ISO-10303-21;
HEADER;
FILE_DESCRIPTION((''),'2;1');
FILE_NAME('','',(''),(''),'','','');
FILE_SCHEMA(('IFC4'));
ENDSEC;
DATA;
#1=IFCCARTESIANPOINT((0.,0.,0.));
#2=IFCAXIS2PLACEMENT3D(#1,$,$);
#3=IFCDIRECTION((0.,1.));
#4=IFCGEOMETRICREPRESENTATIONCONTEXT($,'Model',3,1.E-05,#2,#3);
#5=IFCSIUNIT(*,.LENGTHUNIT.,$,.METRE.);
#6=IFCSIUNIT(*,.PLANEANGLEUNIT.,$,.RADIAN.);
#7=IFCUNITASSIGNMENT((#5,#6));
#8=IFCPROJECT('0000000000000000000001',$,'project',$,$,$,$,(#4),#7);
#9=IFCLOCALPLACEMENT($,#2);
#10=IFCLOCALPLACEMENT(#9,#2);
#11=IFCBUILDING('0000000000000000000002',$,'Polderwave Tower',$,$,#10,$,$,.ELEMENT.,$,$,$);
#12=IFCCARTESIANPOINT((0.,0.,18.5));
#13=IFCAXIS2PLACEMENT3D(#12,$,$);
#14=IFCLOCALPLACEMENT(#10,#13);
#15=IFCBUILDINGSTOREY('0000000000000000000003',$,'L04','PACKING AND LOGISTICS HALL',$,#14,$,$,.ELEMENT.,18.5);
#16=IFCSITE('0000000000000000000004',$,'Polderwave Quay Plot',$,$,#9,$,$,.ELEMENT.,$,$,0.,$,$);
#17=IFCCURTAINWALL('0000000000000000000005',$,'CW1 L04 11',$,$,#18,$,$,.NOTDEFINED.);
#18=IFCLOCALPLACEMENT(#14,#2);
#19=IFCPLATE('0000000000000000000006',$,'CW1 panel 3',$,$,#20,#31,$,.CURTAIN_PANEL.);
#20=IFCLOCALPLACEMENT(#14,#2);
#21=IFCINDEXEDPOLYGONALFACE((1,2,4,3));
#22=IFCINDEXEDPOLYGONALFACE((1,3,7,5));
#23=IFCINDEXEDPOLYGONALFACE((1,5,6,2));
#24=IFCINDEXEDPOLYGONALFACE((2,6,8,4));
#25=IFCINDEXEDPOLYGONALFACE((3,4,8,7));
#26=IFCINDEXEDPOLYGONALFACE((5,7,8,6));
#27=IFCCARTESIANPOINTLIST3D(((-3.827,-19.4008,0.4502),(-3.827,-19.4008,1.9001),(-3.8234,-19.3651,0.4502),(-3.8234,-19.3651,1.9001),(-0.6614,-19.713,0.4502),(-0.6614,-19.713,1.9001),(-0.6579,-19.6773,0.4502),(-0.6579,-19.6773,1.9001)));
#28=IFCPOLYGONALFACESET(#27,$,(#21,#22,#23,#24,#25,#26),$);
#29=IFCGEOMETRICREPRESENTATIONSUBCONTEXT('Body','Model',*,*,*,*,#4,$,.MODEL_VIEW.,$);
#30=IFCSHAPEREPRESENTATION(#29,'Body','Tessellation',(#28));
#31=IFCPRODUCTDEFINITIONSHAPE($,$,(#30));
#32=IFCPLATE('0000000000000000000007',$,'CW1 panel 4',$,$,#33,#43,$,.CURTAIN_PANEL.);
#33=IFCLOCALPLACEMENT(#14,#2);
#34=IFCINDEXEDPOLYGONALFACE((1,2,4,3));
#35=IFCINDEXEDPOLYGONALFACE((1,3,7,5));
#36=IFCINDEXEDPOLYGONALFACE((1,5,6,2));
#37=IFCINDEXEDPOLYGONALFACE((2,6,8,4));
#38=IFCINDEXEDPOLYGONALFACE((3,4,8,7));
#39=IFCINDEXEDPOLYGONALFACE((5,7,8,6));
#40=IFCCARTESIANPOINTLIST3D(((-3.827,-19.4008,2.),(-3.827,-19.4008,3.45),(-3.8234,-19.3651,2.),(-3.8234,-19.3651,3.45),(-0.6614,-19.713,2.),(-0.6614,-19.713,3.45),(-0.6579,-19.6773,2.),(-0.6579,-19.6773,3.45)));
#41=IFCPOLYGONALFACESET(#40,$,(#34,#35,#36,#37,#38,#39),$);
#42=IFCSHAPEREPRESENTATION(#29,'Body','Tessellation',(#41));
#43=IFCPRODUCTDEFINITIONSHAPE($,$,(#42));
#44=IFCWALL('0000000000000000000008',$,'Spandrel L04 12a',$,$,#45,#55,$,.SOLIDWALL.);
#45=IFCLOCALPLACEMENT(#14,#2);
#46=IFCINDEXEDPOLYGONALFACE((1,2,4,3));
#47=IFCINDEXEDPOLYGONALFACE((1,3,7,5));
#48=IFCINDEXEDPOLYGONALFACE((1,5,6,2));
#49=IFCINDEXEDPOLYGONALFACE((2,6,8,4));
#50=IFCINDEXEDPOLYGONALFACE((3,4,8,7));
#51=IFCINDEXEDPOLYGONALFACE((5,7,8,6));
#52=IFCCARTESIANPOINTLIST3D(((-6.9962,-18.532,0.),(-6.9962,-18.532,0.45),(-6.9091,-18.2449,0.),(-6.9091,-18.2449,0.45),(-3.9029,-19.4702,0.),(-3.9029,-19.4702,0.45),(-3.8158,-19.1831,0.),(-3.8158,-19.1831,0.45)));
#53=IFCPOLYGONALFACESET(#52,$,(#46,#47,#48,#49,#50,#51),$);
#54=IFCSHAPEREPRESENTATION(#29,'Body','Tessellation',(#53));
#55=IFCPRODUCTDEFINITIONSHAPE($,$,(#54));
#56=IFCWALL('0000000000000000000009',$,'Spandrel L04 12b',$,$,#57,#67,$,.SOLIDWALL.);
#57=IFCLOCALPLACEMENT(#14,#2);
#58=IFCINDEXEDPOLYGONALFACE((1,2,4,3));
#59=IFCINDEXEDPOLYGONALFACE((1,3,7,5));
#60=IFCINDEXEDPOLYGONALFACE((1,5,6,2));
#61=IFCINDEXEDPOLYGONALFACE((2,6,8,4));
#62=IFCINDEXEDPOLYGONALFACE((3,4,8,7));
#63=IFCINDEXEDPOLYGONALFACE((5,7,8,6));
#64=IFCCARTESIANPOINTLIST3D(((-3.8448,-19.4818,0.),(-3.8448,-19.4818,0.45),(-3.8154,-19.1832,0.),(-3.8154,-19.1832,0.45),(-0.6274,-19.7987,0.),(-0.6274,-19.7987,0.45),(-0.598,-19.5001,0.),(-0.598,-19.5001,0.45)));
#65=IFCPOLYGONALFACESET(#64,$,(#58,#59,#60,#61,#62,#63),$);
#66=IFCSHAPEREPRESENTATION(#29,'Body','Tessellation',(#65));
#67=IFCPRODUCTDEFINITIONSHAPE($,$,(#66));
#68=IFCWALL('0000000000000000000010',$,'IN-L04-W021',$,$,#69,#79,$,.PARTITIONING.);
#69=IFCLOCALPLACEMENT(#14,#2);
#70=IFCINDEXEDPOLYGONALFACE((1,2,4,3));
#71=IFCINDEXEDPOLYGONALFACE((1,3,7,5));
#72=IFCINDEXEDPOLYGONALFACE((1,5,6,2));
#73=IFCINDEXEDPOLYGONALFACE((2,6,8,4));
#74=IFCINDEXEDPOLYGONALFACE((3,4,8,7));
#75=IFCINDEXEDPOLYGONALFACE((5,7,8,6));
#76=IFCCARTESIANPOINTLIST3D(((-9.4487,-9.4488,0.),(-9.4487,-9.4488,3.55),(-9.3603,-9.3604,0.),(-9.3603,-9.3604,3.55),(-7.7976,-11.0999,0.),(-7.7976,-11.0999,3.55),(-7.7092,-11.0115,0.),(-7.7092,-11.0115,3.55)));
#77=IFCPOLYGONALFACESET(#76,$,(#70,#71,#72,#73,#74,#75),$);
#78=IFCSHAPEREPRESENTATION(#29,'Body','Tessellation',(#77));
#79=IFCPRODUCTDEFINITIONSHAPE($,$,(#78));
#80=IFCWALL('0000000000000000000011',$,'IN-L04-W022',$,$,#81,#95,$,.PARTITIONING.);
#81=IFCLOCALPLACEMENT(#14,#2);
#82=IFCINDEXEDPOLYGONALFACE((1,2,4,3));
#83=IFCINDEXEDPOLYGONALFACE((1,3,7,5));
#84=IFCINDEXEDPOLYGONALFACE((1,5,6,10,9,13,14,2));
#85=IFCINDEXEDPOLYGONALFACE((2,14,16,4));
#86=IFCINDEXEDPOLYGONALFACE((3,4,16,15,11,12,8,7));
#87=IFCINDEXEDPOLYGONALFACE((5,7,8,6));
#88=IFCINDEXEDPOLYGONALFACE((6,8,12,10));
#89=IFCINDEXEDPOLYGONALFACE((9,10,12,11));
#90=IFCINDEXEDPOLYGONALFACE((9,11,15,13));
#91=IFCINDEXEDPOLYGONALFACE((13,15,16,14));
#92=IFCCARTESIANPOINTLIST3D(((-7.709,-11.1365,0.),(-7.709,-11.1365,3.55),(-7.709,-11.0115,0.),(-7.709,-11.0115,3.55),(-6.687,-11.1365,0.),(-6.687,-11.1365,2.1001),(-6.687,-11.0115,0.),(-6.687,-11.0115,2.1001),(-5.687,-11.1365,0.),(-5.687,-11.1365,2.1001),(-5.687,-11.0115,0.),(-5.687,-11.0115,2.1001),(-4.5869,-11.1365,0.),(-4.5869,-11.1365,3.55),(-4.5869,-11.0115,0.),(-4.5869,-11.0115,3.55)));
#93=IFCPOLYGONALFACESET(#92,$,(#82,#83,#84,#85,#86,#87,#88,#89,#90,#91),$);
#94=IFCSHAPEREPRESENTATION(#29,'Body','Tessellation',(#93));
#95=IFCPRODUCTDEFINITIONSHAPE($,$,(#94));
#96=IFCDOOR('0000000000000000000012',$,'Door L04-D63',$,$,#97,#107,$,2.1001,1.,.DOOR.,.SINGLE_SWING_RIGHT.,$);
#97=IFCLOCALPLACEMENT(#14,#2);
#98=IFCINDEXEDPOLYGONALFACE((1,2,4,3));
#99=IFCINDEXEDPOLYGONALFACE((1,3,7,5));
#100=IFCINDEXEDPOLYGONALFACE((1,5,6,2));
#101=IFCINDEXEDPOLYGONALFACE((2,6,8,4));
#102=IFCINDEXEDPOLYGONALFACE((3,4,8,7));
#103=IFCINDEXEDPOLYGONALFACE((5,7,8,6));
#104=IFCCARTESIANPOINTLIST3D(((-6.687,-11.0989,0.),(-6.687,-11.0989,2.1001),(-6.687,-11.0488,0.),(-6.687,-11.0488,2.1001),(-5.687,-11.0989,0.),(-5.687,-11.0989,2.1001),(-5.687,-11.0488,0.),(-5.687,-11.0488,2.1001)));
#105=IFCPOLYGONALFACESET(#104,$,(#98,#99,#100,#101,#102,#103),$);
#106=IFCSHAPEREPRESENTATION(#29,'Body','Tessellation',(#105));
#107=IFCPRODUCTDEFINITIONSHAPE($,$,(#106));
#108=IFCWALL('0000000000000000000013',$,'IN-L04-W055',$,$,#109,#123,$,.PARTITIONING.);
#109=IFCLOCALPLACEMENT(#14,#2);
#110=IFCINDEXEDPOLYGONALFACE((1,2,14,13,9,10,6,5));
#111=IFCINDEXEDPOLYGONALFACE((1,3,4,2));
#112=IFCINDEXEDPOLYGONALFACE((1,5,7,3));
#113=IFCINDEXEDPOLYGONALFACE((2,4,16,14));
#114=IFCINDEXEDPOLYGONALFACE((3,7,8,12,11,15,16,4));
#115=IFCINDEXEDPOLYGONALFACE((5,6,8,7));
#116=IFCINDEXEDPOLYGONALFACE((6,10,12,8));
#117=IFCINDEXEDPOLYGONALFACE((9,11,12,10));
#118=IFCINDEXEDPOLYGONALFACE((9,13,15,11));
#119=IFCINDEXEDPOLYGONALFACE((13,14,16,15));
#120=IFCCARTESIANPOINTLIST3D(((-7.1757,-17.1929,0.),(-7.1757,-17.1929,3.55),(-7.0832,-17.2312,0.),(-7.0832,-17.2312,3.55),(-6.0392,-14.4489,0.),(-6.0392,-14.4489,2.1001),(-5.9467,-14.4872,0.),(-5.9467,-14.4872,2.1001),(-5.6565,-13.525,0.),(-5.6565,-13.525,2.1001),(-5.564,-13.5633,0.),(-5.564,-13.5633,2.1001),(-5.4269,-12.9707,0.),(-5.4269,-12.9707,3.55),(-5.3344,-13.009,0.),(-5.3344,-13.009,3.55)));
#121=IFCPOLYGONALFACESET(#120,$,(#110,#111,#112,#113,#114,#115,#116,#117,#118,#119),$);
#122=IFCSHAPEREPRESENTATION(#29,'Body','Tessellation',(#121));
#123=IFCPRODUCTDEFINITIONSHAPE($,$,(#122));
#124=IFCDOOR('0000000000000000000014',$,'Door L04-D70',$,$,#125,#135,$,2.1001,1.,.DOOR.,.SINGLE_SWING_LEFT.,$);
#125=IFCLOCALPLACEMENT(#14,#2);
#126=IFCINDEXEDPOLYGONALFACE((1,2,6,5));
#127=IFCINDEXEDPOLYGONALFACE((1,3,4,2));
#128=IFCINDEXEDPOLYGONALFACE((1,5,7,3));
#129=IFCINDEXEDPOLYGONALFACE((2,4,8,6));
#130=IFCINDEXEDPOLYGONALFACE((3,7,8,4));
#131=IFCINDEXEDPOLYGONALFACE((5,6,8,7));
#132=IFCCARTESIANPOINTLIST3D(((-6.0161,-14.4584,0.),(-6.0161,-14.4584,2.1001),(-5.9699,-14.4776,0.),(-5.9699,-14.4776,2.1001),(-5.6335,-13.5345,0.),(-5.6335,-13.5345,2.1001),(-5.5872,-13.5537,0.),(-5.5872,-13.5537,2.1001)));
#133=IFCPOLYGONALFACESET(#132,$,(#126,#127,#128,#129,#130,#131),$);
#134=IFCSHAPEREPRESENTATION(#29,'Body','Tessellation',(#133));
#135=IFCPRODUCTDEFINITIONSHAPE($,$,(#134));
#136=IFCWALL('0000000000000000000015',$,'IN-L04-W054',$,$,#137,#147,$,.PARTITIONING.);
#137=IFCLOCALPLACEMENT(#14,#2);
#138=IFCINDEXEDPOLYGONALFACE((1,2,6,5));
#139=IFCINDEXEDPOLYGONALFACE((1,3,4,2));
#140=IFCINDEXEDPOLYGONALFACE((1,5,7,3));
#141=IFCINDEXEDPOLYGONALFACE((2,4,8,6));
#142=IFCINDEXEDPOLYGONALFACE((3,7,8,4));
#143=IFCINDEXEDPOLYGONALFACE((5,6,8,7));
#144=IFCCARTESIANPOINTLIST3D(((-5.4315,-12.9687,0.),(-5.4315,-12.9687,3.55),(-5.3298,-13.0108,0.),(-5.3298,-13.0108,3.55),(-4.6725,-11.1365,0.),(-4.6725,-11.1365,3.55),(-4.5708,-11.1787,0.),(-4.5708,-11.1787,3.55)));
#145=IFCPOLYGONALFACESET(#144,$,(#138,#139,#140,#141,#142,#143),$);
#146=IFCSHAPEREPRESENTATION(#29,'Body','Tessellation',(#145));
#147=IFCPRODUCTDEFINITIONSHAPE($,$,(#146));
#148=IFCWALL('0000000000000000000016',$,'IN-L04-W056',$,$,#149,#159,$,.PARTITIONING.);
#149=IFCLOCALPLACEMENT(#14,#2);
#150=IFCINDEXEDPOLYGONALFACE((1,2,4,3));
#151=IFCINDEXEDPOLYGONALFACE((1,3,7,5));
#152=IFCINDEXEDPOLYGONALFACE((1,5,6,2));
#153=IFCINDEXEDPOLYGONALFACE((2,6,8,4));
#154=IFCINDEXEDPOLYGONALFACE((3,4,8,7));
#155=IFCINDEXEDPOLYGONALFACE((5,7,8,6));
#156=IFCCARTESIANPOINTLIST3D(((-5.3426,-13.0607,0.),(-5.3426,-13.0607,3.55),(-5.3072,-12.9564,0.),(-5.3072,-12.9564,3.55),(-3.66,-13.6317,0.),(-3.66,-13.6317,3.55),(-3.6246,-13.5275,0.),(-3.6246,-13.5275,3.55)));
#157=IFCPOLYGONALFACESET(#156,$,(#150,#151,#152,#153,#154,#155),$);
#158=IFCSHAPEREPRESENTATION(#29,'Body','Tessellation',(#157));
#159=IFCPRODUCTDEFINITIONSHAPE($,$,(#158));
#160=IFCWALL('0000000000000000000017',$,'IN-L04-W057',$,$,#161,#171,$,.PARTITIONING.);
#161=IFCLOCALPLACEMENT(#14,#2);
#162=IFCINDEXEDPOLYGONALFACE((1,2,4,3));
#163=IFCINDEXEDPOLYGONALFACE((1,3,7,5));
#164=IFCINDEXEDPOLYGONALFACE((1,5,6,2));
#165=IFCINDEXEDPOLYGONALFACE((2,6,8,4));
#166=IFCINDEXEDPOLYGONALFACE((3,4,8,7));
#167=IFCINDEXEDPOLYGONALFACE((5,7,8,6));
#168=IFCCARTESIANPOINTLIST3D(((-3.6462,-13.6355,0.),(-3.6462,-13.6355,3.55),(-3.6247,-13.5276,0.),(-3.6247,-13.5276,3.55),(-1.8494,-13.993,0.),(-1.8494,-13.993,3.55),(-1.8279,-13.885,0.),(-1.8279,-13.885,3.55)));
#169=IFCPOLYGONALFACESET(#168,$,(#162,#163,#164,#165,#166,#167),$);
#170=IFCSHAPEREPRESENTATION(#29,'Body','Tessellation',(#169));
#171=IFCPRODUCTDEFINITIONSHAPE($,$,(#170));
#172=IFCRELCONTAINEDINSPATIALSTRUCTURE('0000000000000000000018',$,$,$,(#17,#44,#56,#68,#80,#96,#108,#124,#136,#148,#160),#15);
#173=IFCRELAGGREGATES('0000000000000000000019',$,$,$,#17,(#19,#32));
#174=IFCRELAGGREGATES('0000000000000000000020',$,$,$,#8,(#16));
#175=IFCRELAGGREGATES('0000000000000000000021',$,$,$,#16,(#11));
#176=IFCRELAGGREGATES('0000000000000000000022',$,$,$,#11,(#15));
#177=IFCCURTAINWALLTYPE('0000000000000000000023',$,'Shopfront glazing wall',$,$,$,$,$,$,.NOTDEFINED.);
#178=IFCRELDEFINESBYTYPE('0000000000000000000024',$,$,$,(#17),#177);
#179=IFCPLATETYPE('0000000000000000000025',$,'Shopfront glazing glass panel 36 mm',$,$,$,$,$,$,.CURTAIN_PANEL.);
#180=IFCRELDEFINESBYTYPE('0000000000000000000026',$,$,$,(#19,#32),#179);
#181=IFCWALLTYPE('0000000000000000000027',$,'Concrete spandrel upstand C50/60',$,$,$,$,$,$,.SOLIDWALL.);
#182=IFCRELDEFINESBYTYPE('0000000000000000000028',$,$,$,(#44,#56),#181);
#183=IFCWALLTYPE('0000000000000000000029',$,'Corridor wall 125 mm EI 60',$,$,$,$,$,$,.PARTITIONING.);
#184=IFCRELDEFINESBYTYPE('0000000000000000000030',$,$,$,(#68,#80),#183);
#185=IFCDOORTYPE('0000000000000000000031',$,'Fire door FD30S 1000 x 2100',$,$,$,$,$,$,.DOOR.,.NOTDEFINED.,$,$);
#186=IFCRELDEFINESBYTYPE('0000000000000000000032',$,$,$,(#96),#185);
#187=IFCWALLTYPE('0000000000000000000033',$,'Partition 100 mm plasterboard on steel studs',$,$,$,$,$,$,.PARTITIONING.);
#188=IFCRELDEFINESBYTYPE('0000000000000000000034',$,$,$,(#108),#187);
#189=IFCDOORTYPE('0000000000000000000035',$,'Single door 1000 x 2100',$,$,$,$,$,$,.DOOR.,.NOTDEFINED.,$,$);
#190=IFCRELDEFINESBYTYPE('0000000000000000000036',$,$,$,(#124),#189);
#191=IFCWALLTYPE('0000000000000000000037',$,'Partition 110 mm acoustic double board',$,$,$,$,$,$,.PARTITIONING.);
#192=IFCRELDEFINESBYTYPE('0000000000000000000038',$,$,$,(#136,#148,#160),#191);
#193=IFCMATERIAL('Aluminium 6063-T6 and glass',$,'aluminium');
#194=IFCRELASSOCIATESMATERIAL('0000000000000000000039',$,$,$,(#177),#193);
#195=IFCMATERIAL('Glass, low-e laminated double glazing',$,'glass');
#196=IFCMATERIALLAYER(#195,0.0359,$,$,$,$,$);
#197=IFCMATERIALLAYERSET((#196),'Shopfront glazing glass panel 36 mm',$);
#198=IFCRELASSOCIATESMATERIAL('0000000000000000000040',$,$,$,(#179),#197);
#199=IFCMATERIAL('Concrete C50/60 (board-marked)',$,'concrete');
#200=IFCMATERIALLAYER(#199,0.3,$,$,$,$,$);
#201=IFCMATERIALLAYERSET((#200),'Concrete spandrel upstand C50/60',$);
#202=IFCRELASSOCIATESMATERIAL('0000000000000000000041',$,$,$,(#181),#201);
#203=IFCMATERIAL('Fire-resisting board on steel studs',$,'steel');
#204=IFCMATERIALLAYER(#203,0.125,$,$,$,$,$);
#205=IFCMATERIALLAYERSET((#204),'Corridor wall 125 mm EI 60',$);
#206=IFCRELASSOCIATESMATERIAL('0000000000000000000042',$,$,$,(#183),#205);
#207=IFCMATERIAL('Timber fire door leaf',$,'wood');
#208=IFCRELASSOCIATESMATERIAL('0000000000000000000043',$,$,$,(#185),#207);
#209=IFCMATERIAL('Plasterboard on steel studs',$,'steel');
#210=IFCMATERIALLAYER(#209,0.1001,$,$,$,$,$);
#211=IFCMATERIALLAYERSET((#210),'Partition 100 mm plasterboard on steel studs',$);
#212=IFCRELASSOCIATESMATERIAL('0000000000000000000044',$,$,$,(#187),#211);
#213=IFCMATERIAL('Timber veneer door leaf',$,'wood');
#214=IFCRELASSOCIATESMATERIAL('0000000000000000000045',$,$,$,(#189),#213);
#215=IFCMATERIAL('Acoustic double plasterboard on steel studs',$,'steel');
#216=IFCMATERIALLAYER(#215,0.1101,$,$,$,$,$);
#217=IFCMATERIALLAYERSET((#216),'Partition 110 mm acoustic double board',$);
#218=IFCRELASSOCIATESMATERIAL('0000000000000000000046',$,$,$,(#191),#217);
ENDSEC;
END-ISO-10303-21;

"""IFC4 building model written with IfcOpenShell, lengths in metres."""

from ifc_helpers import new_model, si_unit, direction, frame, frame_2d, origin, origin_2d, place, context, subcontext, project, spatial, rectangle, extrude, material, layer, layer_set, type_object, element, fill, aggregate, save


model = new_model("IFC4")

# Units and contexts
model_context = context("Model", 3, precision=1e-05, world=origin(), true_north=direction((0.0, 1.0)))
body_context = subcontext(model_context, "Body", "Model", "MODEL_VIEW")
ifc_project = project(units=[si_unit("LENGTHUNIT", "METRE"), si_unit("PLANEANGLEUNIT", "RADIAN")], contexts=[model_context])

# Site, building, storey
site_placement = place(None, origin())
site = spatial("IfcSite", under=ifc_project, at=site_placement, Name="Polderwave Quay Plot", CompositionType="ELEMENT", RefElevation=0.0)
building_placement = place(site_placement, origin())
building = spatial("IfcBuilding", under=site, at=building_placement, Name="Polderwave Tower", CompositionType="ELEMENT")
storey_placement = place(building_placement, frame((0.0, 0.0, 18.5)))
storey = spatial("IfcBuildingStorey", under=building, at=storey_placement, Name="L04", Description="PACKING AND LOGISTICS HALL", CompositionType="ELEMENT", Elevation=18.5)

# Shared definitions
ifc_material_1 = material(Name="Aluminium 6063-T6 and glass", Category="aluminium")
curtain_wall_type = type_object("IfcCurtainWallType", Name="Shopfront glazing wall", PredefinedType="NOTDEFINED", material=ifc_material_1)

# Curtain wall, plates
curtain_wall_1_placement = place(storey_placement, origin())
curtain_wall_1 = element("IfcCurtainWall", 1, at=curtain_wall_1_placement, inside=storey, type_object=curtain_wall_type, Name="CW1 L04 11", PredefinedType="NOTDEFINED")
ifc_material_2 = material(Name="Glass, low-e laminated double glazing", Category="glass")
ifc_layer_1 = layer(ifc_material_2, 0.0359)
ifc_layer_set_1 = layer_set([ifc_layer_1], Name="Shopfront glazing glass panel 36 mm")
plate_type = type_object("IfcPlateType", Name="Shopfront glazing glass panel 36 mm", PredefinedType="CURTAIN_PANEL", material=ifc_layer_set_1)
plate_1_placement = place(storey_placement, frame((-2.2424, -19.5391, 0.4502), z_axis=(0.0, 0.0, 1.0), x_axis=(0.995172, -0.098142, 0.0)))
plate_1 = element("IfcPlate", 2, at=plate_1_placement, type_object=plate_type, Name="CW1 panel 3", PredefinedType="CURTAIN_PANEL", context=body_context, shape_type="SweptSolid", body=[
    extrude(rectangle(XDim=3.1809, YDim=0.0359, at=origin_2d()), origin(), (0.0, 0.0, 1.0), 1.45),
])
plate_2_placement = place(storey_placement, frame((-2.2424, -19.5391, 2.0), z_axis=(0.0, 0.0, 1.0), x_axis=(0.995172, -0.098142, 0.0)))
plate_2 = element("IfcPlate", 3, at=plate_2_placement, type_object=plate_type, Name="CW1 panel 4", PredefinedType="CURTAIN_PANEL", context=body_context, shape_type="SweptSolid", body=[
    extrude(rectangle(XDim=3.1809, YDim=0.0359, at=origin_2d()), origin(), (0.0, 0.0, 1.0), 1.45),
])
aggregate(curtain_wall_1, [plate_1, plate_2])

# Walls
ifc_material_3 = material(Name="Concrete C50/60 (board-marked)", Category="concrete")
ifc_layer_2 = layer(ifc_material_3, 0.3)
ifc_layer_set_2 = layer_set([ifc_layer_2], Name="Concrete spandrel upstand C50/60")
wall_type_1 = type_object("IfcWallType", Name="Concrete spandrel upstand C50/60", PredefinedType="SOLIDWALL", material=ifc_layer_set_2)
wall_1_placement = place(storey_placement, frame((-6.9526, -18.3884, 0.0), z_axis=(0.0, 0.0, 1.0), x_axis=(0.956949, -0.290257, 0.0)))
element("IfcWall", 4, at=wall_1_placement, inside=storey, type_object=wall_type_1, Name="Spandrel L04 12a", PredefinedType="SOLIDWALL", context=body_context, shape_type="SweptSolid", body=[
    extrude(rectangle(XDim=3.2324, YDim=0.3, at=frame_2d((1.6162, 0.0))), origin(), (0.0, 0.0, 1.0), 0.45),
])
wall_2_placement = place(storey_placement, frame((-3.8301, -19.3325, 0.0), z_axis=(0.0, 0.0, 1.0), x_axis=(0.995184, -0.098023, 0.0)))
element("IfcWall", 5, at=wall_2_placement, inside=storey, type_object=wall_type_1, Name="Spandrel L04 12b", PredefinedType="SOLIDWALL", context=body_context, shape_type="SweptSolid", body=[
    extrude(rectangle(XDim=3.2329, YDim=0.3, at=frame_2d((1.6165, 0.0))), origin(), (0.0, 0.0, 1.0), 0.45),
])
ifc_material_4 = material(Name="Fire-resisting board on steel studs", Category="steel")
ifc_layer_3 = layer(ifc_material_4, 0.125)
ifc_layer_set_3 = layer_set([ifc_layer_3], Name="Corridor wall 125 mm EI 60")
wall_type_2 = type_object("IfcWallType", Name="Corridor wall 125 mm EI 60", PredefinedType="PARTITIONING", material=ifc_layer_set_3)
wall_3_placement = place(storey_placement, frame((-7.7534, -11.0557, 0.0), z_axis=(0.0, 0.0, 1.0), x_axis=(-0.707107, 0.707107, 0.0)))
element("IfcWall", 6, at=wall_3_placement, inside=storey, type_object=wall_type_2, Name="IN-L04-W021", PredefinedType="PARTITIONING", context=body_context, shape_type="SweptSolid", body=[
    extrude(rectangle(XDim=2.335, YDim=0.125, at=frame_2d((1.1675, 0.0))), origin(), (0.0, 0.0, 1.0), 3.55),
])

# Walls, openings, doors
wall_4_placement = place(storey_placement, frame((-4.5869, -11.074, 0.0), z_axis=(0.0, 0.0, 1.0), x_axis=(-1.0, 0.0, 0.0)))
wall_4 = element("IfcWall", 7, at=wall_4_placement, inside=storey, type_object=wall_type_2, Name="IN-L04-W022", PredefinedType="PARTITIONING", context=body_context, shape_type="SweptSolid", body=[
    extrude(rectangle(XDim=3.1221, YDim=0.125, at=frame_2d((1.561, 0.0))), origin(), (0.0, 0.0, 1.0), 3.55),
])
opening_1_placement = place(wall_4_placement, frame((1.1001, 0.0, 0.0)))
opening_1 = element("IfcOpeningElement", 8, at=opening_1_placement, cuts=wall_4, PredefinedType="OPENING", context=body_context, shape_type="SweptSolid", body=[
    extrude(rectangle(XDim=1.0, YDim=2.1001, at=frame_2d((0.5, 1.05))), frame((0.0, 0.0725, 0.0), z_axis=(0.0, -1.0, 0.0), x_axis=(1.0, 0.0, 0.0)), (0.0, 0.0, 1.0), 0.145),
])
ifc_material_5 = material(Name="Timber fire door leaf", Category="wood")
door_type_1 = type_object("IfcDoorType", Name="Fire door FD30S 1000 x 2100", OperationType="NOTDEFINED", PredefinedType="DOOR", material=ifc_material_5)
door_1_placement = place(opening_1_placement, origin())
door_1 = element("IfcDoor", 9, at=door_1_placement, inside=storey, type_object=door_type_1, Name="Door L04-D63", OperationType="SINGLE_SWING_RIGHT", OverallHeight=2.1001, OverallWidth=1.0, PredefinedType="DOOR", context=body_context, shape_type="SweptSolid", body=[
    extrude(rectangle(XDim=1.0, YDim=2.1001, at=frame_2d((0.5, 1.05))), frame((0.0, 0.0249, 0.0), z_axis=(0.0, -1.0, 0.0), x_axis=(1.0, 0.0, 0.0)), (0.0, 0.0, 1.0), 0.05),
])
fill(opening_1, door_1)
ifc_material_6 = material(Name="Plasterboard on steel studs", Category="steel")
ifc_layer_4 = layer(ifc_material_6, 0.1001)
ifc_layer_set_4 = layer_set([ifc_layer_4], Name="Partition 100 mm plasterboard on steel studs")
wall_type_3 = type_object("IfcWallType", Name="Partition 100 mm plasterboard on steel studs", PredefinedType="PARTITIONING", material=ifc_layer_set_4)
wall_5_placement = place(storey_placement, frame((-5.3806, -12.9897, 0.0), z_axis=(0.0, 0.0, 1.0), x_axis=(-0.382665, -0.923887, 0.0)))
wall_5 = element("IfcWall", 10, at=wall_5_placement, inside=storey, type_object=wall_type_3, Name="IN-L04-W055", PredefinedType="PARTITIONING", context=body_context, shape_type="SweptSolid", body=[
    extrude(rectangle(XDim=4.5701, YDim=0.1001, at=frame_2d((2.2852, 0.0))), origin(), (0.0, 0.0, 1.0), 3.55),
])
opening_2_placement = place(wall_5_placement, frame((0.6001, 0.0, 0.0)))
opening_2 = element("IfcOpeningElement", 11, at=opening_2_placement, cuts=wall_5, PredefinedType="OPENING", context=body_context, shape_type="SweptSolid", body=[
    extrude(rectangle(XDim=1.0, YDim=2.1001, at=frame_2d((0.5, 1.05))), frame((0.0, 0.0601, 0.0), z_axis=(0.0, -1.0, 0.0), x_axis=(1.0, 0.0, 0.0)), (0.0, 0.0, 1.0), 0.1201),
])
ifc_material_7 = material(Name="Timber veneer door leaf", Category="wood")
door_type_2 = type_object("IfcDoorType", Name="Single door 1000 x 2100", OperationType="NOTDEFINED", PredefinedType="DOOR", material=ifc_material_7)
door_2_placement = place(opening_2_placement, origin())
door_2 = element("IfcDoor", 12, at=door_2_placement, inside=storey, type_object=door_type_2, Name="Door L04-D70", OperationType="SINGLE_SWING_LEFT", OverallHeight=2.1001, OverallWidth=1.0, PredefinedType="DOOR", context=body_context, shape_type="SweptSolid", body=[
    extrude(rectangle(XDim=1.0, YDim=2.1001, at=frame_2d((0.5, 1.05))), frame((0.0, 0.0249, 0.0), z_axis=(0.0, -1.0, 0.0), x_axis=(1.0, 0.0, 0.0)), (0.0, 0.0, 1.0), 0.05),
])
fill(opening_2, door_2)

# Walls
ifc_material_8 = material(Name="Acoustic double plasterboard on steel studs", Category="steel")
ifc_layer_5 = layer(ifc_material_8, 0.1101)
ifc_layer_set_5 = layer_set([ifc_layer_5], Name="Partition 110 mm acoustic double board")
wall_type_4 = type_object("IfcWallType", Name="Partition 110 mm acoustic double board", PredefinedType="PARTITIONING", material=ifc_layer_set_5)
wall_6_placement = place(storey_placement, frame((-4.6216, -11.1575, 0.0), z_axis=(0.0, 0.0, 1.0), x_axis=(-0.382718, -0.923865, 0.0)))
element("IfcWall", 13, at=wall_6_placement, inside=storey, type_object=wall_type_4, Name="IN-L04-W054", PredefinedType="PARTITIONING", context=body_context, shape_type="SweptSolid", body=[
    extrude(rectangle(XDim=1.9832, YDim=0.1101, at=frame_2d((0.9917, 0.0))), origin(), (0.0, 0.0, 1.0), 3.55),
])
wall_7_placement = place(storey_placement, frame((-3.6423, -13.5796, 0.0), z_axis=(0.0, 0.0, 1.0), x_axis=(-0.946952, 0.321376, 0.0)))
element("IfcWall", 14, at=wall_7_placement, inside=storey, type_object=wall_type_4, Name="IN-L04-W056", PredefinedType="PARTITIONING", context=body_context, shape_type="SweptSolid", body=[
    extrude(rectangle(XDim=1.7769, YDim=0.1101, at=frame_2d((0.8884, 0.0))), origin(), (0.0, 0.0, 1.0), 3.55),
])
wall_8_placement = place(storey_placement, frame((-1.8386, -13.939, 0.0), z_axis=(0.0, 0.0, 1.0), x_axis=(-0.980785, 0.195091, 0.0)))
element("IfcWall", 15, at=wall_8_placement, inside=storey, type_object=wall_type_4, Name="IN-L04-W057", PredefinedType="PARTITIONING", context=body_context, shape_type="SweptSolid", body=[
    extrude(rectangle(XDim=1.832, YDim=0.1101, at=frame_2d((0.916, 0.0))), origin(), (0.0, 0.0, 1.0), 3.55),
])

save(model, "model.ifc")
